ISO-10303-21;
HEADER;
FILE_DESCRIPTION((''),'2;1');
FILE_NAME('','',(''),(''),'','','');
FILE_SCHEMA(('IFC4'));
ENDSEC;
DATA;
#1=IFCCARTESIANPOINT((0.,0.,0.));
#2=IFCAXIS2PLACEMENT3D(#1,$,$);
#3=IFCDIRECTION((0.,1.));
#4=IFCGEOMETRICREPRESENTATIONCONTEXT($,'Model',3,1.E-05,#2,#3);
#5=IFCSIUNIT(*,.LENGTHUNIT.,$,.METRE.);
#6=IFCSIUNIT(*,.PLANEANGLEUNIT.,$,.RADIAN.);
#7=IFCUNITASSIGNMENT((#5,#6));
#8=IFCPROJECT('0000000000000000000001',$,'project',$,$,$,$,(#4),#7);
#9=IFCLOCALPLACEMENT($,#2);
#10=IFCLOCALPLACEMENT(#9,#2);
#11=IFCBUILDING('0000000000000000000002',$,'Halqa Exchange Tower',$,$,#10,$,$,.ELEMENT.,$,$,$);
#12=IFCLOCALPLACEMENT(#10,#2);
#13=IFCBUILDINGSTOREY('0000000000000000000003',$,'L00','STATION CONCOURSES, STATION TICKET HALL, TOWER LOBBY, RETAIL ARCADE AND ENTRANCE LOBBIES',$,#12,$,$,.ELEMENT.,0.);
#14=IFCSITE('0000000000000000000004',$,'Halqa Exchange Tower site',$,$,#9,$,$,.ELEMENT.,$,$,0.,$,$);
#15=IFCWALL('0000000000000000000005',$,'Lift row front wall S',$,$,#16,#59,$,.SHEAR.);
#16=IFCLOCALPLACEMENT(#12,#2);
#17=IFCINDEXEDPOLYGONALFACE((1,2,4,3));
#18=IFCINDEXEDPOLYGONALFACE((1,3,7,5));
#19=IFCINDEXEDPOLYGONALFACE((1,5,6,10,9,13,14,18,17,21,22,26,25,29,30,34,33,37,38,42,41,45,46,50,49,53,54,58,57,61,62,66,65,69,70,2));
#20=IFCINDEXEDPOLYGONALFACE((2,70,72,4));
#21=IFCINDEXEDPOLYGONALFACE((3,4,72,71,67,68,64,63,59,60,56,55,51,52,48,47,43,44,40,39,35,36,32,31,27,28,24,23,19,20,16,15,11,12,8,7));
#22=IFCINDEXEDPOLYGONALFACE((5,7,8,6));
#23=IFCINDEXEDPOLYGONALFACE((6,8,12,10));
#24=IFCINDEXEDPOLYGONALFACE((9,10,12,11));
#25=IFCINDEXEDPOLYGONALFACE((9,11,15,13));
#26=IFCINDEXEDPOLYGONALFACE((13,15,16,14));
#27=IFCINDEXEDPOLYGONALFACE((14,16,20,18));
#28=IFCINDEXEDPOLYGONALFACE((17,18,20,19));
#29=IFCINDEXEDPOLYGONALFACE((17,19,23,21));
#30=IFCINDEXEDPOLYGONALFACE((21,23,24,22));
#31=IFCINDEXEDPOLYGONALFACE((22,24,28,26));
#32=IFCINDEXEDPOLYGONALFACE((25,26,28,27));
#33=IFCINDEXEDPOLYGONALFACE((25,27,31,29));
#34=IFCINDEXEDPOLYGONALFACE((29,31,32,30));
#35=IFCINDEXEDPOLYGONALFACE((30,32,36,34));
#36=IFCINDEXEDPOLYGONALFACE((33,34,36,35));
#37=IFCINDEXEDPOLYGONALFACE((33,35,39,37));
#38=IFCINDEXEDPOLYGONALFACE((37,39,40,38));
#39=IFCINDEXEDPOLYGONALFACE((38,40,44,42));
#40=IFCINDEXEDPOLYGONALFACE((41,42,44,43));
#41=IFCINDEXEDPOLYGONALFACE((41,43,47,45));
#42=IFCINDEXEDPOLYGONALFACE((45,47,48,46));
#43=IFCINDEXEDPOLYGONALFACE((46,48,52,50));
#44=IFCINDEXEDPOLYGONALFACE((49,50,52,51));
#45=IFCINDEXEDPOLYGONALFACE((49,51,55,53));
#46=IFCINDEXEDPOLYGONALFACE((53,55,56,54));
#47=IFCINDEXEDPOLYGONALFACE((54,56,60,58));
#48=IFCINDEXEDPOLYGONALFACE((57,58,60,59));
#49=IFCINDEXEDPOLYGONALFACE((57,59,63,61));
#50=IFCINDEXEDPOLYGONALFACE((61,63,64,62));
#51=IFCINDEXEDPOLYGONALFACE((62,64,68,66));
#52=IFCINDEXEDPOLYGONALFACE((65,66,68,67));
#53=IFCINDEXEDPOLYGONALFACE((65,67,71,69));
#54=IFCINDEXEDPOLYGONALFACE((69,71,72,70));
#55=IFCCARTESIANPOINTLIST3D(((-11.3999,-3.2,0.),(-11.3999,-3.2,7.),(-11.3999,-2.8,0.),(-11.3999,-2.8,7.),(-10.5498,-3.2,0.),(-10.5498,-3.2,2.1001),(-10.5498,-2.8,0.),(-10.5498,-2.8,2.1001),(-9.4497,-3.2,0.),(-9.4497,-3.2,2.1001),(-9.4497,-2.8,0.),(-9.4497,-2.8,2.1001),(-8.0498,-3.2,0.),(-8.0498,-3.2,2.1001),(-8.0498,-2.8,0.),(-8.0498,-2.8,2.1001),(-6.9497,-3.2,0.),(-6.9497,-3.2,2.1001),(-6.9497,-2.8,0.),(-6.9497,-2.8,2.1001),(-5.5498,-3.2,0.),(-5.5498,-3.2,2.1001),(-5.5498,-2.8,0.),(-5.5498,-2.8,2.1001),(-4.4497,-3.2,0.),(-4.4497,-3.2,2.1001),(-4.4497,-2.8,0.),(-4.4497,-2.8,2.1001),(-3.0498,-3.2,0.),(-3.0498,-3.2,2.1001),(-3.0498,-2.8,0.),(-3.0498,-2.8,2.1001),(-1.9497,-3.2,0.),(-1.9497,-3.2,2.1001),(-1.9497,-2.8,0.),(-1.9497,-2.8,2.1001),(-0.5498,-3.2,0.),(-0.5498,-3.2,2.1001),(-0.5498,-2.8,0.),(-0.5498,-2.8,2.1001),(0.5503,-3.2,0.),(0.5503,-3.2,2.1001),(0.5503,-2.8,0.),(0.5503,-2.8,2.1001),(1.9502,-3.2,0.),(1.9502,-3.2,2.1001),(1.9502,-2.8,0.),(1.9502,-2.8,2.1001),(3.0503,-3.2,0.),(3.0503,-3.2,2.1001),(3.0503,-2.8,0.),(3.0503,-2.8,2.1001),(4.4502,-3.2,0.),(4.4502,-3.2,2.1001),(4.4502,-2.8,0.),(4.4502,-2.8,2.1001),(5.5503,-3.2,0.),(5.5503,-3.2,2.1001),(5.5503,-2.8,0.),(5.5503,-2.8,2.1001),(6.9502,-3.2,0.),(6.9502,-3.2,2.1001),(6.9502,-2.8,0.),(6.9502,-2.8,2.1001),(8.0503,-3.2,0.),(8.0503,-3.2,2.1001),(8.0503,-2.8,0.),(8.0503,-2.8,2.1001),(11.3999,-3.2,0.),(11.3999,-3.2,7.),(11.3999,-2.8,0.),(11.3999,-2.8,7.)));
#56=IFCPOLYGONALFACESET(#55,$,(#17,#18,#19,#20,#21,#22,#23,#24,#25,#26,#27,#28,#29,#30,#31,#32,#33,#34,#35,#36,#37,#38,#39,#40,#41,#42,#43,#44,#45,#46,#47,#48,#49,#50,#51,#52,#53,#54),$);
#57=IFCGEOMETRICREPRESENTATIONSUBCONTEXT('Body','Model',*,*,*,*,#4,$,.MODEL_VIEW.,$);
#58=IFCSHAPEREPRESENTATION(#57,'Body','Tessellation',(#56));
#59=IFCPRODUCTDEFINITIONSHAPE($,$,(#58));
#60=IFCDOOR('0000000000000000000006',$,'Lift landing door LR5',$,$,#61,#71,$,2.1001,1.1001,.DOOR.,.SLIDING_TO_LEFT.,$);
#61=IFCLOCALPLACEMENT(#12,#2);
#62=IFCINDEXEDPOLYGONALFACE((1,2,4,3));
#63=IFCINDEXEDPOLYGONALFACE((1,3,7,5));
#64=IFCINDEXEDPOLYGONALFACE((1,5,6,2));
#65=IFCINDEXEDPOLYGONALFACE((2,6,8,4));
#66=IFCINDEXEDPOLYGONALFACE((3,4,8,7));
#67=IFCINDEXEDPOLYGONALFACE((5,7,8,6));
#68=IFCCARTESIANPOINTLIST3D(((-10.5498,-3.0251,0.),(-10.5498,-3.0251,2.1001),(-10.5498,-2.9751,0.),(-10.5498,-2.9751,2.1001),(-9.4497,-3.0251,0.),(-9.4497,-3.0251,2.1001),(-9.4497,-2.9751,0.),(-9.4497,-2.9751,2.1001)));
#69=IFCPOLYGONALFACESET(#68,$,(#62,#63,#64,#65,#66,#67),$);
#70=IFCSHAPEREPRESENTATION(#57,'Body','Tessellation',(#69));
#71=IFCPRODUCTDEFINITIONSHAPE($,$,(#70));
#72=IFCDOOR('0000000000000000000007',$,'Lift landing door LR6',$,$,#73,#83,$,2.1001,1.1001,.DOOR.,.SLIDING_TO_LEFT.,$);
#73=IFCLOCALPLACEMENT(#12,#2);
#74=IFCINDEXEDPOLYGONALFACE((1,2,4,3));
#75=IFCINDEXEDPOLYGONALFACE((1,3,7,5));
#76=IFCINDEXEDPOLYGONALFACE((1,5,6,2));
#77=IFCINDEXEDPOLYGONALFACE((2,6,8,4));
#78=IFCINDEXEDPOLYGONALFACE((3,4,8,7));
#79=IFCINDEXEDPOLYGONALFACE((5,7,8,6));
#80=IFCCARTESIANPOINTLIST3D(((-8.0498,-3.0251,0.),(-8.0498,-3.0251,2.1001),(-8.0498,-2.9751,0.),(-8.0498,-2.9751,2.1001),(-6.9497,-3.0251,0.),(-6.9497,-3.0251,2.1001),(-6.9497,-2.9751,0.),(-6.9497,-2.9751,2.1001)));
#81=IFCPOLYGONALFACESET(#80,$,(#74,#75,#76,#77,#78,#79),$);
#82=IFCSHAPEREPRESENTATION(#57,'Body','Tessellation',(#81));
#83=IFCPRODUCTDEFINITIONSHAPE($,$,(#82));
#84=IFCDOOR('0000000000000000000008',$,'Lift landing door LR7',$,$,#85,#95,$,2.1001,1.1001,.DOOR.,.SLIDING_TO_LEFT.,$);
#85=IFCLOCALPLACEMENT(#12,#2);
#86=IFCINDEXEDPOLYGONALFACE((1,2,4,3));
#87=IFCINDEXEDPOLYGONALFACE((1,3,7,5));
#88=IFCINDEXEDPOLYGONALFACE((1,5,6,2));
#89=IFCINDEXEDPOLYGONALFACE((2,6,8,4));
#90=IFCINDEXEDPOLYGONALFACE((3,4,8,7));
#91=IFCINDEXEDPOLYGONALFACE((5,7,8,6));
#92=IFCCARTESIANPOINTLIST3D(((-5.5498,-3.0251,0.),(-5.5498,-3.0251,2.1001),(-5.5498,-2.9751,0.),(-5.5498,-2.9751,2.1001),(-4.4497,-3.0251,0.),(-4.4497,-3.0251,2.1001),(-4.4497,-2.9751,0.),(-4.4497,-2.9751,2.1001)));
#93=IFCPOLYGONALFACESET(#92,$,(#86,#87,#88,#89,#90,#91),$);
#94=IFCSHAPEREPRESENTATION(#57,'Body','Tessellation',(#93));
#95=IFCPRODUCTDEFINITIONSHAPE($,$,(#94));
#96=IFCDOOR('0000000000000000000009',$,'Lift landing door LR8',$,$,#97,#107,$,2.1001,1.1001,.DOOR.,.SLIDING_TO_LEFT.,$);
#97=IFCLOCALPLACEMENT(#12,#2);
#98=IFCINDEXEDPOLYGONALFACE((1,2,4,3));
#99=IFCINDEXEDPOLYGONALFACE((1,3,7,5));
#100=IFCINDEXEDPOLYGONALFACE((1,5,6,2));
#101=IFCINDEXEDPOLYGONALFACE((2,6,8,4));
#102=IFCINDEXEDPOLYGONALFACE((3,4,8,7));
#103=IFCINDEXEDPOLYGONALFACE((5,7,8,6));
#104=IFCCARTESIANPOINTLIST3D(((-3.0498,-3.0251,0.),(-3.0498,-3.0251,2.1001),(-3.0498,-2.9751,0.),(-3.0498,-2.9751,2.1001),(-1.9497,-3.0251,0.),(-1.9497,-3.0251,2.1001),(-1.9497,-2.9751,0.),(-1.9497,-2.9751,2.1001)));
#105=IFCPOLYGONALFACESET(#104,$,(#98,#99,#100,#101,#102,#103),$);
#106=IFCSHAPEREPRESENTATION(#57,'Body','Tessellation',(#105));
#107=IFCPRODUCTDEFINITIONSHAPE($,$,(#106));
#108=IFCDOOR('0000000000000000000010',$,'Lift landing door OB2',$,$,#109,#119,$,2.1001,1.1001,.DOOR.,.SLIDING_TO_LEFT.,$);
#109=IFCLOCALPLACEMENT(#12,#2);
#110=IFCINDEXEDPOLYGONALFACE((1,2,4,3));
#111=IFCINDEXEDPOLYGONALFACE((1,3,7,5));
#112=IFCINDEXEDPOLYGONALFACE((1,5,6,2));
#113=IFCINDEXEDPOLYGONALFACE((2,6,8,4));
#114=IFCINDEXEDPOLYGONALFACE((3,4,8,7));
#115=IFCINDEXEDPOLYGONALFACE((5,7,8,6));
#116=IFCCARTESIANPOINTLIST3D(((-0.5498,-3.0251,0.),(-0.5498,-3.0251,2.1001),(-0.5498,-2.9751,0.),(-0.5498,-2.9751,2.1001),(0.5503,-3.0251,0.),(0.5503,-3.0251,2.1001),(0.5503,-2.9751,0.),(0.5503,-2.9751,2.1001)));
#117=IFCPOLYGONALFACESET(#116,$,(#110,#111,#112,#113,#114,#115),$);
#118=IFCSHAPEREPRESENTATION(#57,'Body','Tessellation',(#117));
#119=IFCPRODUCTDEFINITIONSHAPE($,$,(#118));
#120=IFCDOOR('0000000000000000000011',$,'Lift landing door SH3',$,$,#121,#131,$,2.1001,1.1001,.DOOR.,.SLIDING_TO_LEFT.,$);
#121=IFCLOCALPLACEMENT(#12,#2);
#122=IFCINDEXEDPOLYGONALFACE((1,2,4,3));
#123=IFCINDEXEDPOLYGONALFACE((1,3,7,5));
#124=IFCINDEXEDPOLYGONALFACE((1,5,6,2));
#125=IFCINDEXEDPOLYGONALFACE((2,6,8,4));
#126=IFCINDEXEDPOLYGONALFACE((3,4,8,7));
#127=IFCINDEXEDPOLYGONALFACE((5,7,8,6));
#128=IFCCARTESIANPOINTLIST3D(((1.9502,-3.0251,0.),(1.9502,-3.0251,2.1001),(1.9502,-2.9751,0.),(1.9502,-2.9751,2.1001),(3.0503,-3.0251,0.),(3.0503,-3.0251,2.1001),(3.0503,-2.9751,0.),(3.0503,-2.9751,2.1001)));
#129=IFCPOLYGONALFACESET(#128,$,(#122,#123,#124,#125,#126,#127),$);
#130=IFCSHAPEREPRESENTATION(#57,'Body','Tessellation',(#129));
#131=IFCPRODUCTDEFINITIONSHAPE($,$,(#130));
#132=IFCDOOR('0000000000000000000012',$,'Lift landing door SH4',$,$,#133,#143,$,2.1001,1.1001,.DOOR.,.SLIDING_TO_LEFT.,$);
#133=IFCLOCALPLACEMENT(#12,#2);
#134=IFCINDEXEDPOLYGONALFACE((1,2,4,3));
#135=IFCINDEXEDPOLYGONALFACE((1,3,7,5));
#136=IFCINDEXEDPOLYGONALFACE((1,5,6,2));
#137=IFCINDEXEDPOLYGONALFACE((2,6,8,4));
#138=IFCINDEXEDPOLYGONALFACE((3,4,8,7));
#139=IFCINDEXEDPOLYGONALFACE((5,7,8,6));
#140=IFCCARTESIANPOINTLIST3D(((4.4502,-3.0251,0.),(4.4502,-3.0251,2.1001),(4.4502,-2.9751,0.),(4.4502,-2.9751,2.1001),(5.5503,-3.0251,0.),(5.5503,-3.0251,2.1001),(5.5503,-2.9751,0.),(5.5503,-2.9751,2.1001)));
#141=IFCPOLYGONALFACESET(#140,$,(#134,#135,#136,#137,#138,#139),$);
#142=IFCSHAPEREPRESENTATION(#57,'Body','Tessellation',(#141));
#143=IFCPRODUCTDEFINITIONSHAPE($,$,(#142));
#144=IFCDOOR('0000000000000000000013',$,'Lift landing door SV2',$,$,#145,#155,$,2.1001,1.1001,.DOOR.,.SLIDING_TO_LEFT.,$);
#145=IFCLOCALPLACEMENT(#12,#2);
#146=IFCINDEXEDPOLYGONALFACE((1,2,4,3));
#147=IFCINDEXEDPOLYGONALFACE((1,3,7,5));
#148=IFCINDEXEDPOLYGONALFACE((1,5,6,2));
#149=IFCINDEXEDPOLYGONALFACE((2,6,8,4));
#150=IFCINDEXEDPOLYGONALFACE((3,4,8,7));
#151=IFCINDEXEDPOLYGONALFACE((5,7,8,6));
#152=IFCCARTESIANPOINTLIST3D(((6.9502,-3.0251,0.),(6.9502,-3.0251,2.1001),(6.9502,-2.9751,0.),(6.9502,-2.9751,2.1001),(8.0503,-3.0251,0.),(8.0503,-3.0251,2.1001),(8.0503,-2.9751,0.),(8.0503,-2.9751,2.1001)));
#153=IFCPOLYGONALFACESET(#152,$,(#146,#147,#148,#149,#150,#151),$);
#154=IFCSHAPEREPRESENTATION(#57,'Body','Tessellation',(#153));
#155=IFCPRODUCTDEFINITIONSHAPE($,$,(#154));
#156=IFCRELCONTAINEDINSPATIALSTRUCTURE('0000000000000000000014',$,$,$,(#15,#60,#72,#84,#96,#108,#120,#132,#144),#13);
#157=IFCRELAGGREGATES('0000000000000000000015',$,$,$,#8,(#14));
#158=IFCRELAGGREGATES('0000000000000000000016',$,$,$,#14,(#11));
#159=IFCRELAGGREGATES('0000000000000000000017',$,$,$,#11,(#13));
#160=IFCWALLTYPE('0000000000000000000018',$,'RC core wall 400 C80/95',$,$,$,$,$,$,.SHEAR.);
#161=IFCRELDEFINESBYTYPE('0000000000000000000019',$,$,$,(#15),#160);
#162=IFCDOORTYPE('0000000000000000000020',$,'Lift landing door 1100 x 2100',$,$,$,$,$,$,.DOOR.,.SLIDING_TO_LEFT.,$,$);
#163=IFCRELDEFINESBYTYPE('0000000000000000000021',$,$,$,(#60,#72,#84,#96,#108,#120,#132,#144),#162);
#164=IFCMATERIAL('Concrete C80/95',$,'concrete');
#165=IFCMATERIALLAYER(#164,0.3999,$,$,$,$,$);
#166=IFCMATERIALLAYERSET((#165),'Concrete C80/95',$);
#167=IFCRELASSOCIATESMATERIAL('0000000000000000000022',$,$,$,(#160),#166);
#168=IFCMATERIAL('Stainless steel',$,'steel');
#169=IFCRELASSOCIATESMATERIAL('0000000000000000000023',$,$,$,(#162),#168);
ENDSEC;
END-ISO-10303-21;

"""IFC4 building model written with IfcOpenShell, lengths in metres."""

from ifc_helpers import new_model, si_unit, direction, frame, frame_2d, origin, place, context, subcontext, project, spatial, rectangle, extrude, material, layer, layer_set, type_object, element, fill, save


model = new_model("IFC4")

# Units and contexts
model_context = context("Model", 3, precision=1e-05, world=origin(), true_north=direction((0.0, 1.0)))
body_context = subcontext(model_context, "Body", "Model", "MODEL_VIEW")
ifc_project = project(units=[si_unit("LENGTHUNIT", "METRE"), si_unit("PLANEANGLEUNIT", "RADIAN")], contexts=[model_context])

# Site, building, storey
site_placement = place(None, origin())
site = spatial("IfcSite", under=ifc_project, at=site_placement, Name="Halqa Exchange Tower site", CompositionType="ELEMENT", RefElevation=0.0)
building_placement = place(site_placement, origin())
building = spatial("IfcBuilding", under=site, at=building_placement, Name="Halqa Exchange Tower", CompositionType="ELEMENT")
storey_placement = place(building_placement, origin())
storey = spatial("IfcBuildingStorey", under=building, at=storey_placement, Name="L00", Description="STATION CONCOURSES, STATION TICKET HALL, TOWER LOBBY, RETAIL ARCADE AND ENTRANCE LOBBIES", CompositionType="ELEMENT", Elevation=0.0)

# Wall, openings, doors
ifc_material_1 = material(Name="Concrete C80/95", Category="concrete")
ifc_layer_1 = layer(ifc_material_1, 0.3999)
ifc_layer_set_1 = layer_set([ifc_layer_1], Name="Concrete C80/95")
wall_type_1 = type_object("IfcWallType", Name="RC core wall 400 C80/95", PredefinedType="SHEAR", material=ifc_layer_set_1)
wall_1_placement = place(storey_placement, frame((-11.3999, -3.0, 0.0), z_axis=(0.0, 0.0, 1.0), x_axis=(1.0, 0.0, 0.0)))
wall_1 = element("IfcWall", 1, at=wall_1_placement, inside=storey, type_object=wall_type_1, Name="Lift row front wall S", PredefinedType="SHEAR", context=body_context, shape_type="SweptSolid", body=[
    extrude(rectangle(XDim=22.7998, YDim=0.3999, at=frame_2d((11.3999, 0.0))), origin(), (0.0, 0.0, 1.0), 7.0),
])
opening_1_placement = place(wall_1_placement, frame((0.8501, 0.0, 0.0)))
opening_1 = element("IfcOpeningElement", 2, at=opening_1_placement, cuts=wall_1, PredefinedType="OPENING", context=body_context, shape_type="SweptSolid", body=[
    extrude(rectangle(XDim=1.1001, YDim=2.1001, at=frame_2d((0.55, 1.05))), frame((0.0, 0.2119, 0.0), z_axis=(0.0, -1.0, 0.0), x_axis=(1.0, 0.0, 0.0)), (0.0, 0.0, 1.0), 0.4238),
])
opening_2_placement = place(wall_1_placement, frame((3.3501, 0.0, 0.0)))
opening_2 = element("IfcOpeningElement", 3, at=opening_2_placement, cuts=wall_1, PredefinedType="OPENING", context=body_context, shape_type="SweptSolid", body=[
    extrude(rectangle(XDim=1.1001, YDim=2.1001, at=frame_2d((0.55, 1.05))), frame((0.0, 0.2119, 0.0), z_axis=(0.0, -1.0, 0.0), x_axis=(1.0, 0.0, 0.0)), (0.0, 0.0, 1.0), 0.4238),
])
opening_3_placement = place(wall_1_placement, frame((5.8501, 0.0, 0.0)))
opening_3 = element("IfcOpeningElement", 4, at=opening_3_placement, cuts=wall_1, PredefinedType="OPENING", context=body_context, shape_type="SweptSolid", body=[
    extrude(rectangle(XDim=1.1001, YDim=2.1001, at=frame_2d((0.55, 1.05))), frame((0.0, 0.2119, 0.0), z_axis=(0.0, -1.0, 0.0), x_axis=(1.0, 0.0, 0.0)), (0.0, 0.0, 1.0), 0.4238),
])
opening_4_placement = place(wall_1_placement, frame((8.3501, 0.0, 0.0)))
opening_4 = element("IfcOpeningElement", 5, at=opening_4_placement, cuts=wall_1, PredefinedType="OPENING", context=body_context, shape_type="SweptSolid", body=[
    extrude(rectangle(XDim=1.1001, YDim=2.1001, at=frame_2d((0.55, 1.05))), frame((0.0, 0.2119, 0.0), z_axis=(0.0, -1.0, 0.0), x_axis=(1.0, 0.0, 0.0)), (0.0, 0.0, 1.0), 0.4238),
])
opening_5_placement = place(wall_1_placement, frame((10.8501, 0.0, 0.0)))
opening_5 = element("IfcOpeningElement", 6, at=opening_5_placement, cuts=wall_1, PredefinedType="OPENING", context=body_context, shape_type="SweptSolid", body=[
    extrude(rectangle(XDim=1.1001, YDim=2.1001, at=frame_2d((0.55, 1.05))), frame((0.0, 0.2119, 0.0), z_axis=(0.0, -1.0, 0.0), x_axis=(1.0, 0.0, 0.0)), (0.0, 0.0, 1.0), 0.4238),
])
opening_6_placement = place(wall_1_placement, frame((13.3501, 0.0, 0.0)))
opening_6 = element("IfcOpeningElement", 7, at=opening_6_placement, cuts=wall_1, PredefinedType="OPENING", context=body_context, shape_type="SweptSolid", body=[
    extrude(rectangle(XDim=1.1001, YDim=2.1001, at=frame_2d((0.55, 1.05))), frame((0.0, 0.2119, 0.0), z_axis=(0.0, -1.0, 0.0), x_axis=(1.0, 0.0, 0.0)), (0.0, 0.0, 1.0), 0.4238),
])
opening_7_placement = place(wall_1_placement, frame((15.8501, 0.0, 0.0)))
opening_7 = element("IfcOpeningElement", 8, at=opening_7_placement, cuts=wall_1, PredefinedType="OPENING", context=body_context, shape_type="SweptSolid", body=[
    extrude(rectangle(XDim=1.1001, YDim=2.1001, at=frame_2d((0.55, 1.05))), frame((0.0, 0.2119, 0.0), z_axis=(0.0, -1.0, 0.0), x_axis=(1.0, 0.0, 0.0)), (0.0, 0.0, 1.0), 0.4238),
])
opening_8_placement = place(wall_1_placement, frame((18.3501, 0.0, 0.0)))
opening_8 = element("IfcOpeningElement", 9, at=opening_8_placement, cuts=wall_1, PredefinedType="OPENING", context=body_context, shape_type="SweptSolid", body=[
    extrude(rectangle(XDim=1.1001, YDim=2.1001, at=frame_2d((0.55, 1.05))), frame((0.0, 0.2119, 0.0), z_axis=(0.0, -1.0, 0.0), x_axis=(1.0, 0.0, 0.0)), (0.0, 0.0, 1.0), 0.4238),
])
ifc_material_2 = material(Name="Stainless steel", Category="steel")
door_type_1 = type_object("IfcDoorType", Name="Lift landing door 1100 x 2100", OperationType="SLIDING_TO_LEFT", PredefinedType="DOOR", material=ifc_material_2)
door_1_placement = place(opening_1_placement, origin())
door_1 = element("IfcDoor", 10, at=door_1_placement, inside=storey, type_object=door_type_1, Name="Lift landing door LR5", OperationType="SLIDING_TO_LEFT", OverallHeight=2.1001, OverallWidth=1.1001, PredefinedType="DOOR", context=body_context, shape_type="SweptSolid", body=[
    extrude(rectangle(XDim=1.1001, YDim=2.1001, at=frame_2d((0.55, 1.05))), frame((0.0, 0.0249, 0.0), z_axis=(0.0, -1.0, 0.0), x_axis=(1.0, 0.0, 0.0)), (0.0, 0.0, 1.0), 0.05),
])
fill(opening_1, door_1)
door_2_placement = place(opening_2_placement, origin())
door_2 = element("IfcDoor", 11, at=door_2_placement, inside=storey, type_object=door_type_1, Name="Lift landing door LR6", OperationType="SLIDING_TO_LEFT", OverallHeight=2.1001, OverallWidth=1.1001, PredefinedType="DOOR", context=body_context, shape_type="SweptSolid", body=[
    extrude(rectangle(XDim=1.1001, YDim=2.1001, at=frame_2d((0.55, 1.05))), frame((0.0, 0.0249, 0.0), z_axis=(0.0, -1.0, 0.0), x_axis=(1.0, 0.0, 0.0)), (0.0, 0.0, 1.0), 0.05),
])
fill(opening_2, door_2)
door_3_placement = place(opening_3_placement, origin())
door_3 = element("IfcDoor", 12, at=door_3_placement, inside=storey, type_object=door_type_1, Name="Lift landing door LR7", OperationType="SLIDING_TO_LEFT", OverallHeight=2.1001, OverallWidth=1.1001, PredefinedType="DOOR", context=body_context, shape_type="SweptSolid", body=[
    extrude(rectangle(XDim=1.1001, YDim=2.1001, at=frame_2d((0.55, 1.05))), frame((0.0, 0.0249, 0.0), z_axis=(0.0, -1.0, 0.0), x_axis=(1.0, 0.0, 0.0)), (0.0, 0.0, 1.0), 0.05),
])
fill(opening_3, door_3)
door_4_placement = place(opening_4_placement, origin())
door_4 = element("IfcDoor", 13, at=door_4_placement, inside=storey, type_object=door_type_1, Name="Lift landing door LR8", OperationType="SLIDING_TO_LEFT", OverallHeight=2.1001, OverallWidth=1.1001, PredefinedType="DOOR", context=body_context, shape_type="SweptSolid", body=[
    extrude(rectangle(XDim=1.1001, YDim=2.1001, at=frame_2d((0.55, 1.05))), frame((0.0, 0.0249, 0.0), z_axis=(0.0, -1.0, 0.0), x_axis=(1.0, 0.0, 0.0)), (0.0, 0.0, 1.0), 0.05),
])
fill(opening_4, door_4)
door_5_placement = place(opening_5_placement, origin())
door_5 = element("IfcDoor", 14, at=door_5_placement, inside=storey, type_object=door_type_1, Name="Lift landing door OB2", OperationType="SLIDING_TO_LEFT", OverallHeight=2.1001, OverallWidth=1.1001, PredefinedType="DOOR", context=body_context, shape_type="SweptSolid", body=[
    extrude(rectangle(XDim=1.1001, YDim=2.1001, at=frame_2d((0.55, 1.05))), frame((0.0, 0.0249, 0.0), z_axis=(0.0, -1.0, 0.0), x_axis=(1.0, 0.0, 0.0)), (0.0, 0.0, 1.0), 0.05),
])
fill(opening_5, door_5)
door_6_placement = place(opening_6_placement, origin())
door_6 = element("IfcDoor", 15, at=door_6_placement, inside=storey, type_object=door_type_1, Name="Lift landing door SH3", OperationType="SLIDING_TO_LEFT", OverallHeight=2.1001, OverallWidth=1.1001, PredefinedType="DOOR", context=body_context, shape_type="SweptSolid", body=[
    extrude(rectangle(XDim=1.1001, YDim=2.1001, at=frame_2d((0.55, 1.05))), frame((0.0, 0.0249, 0.0), z_axis=(0.0, -1.0, 0.0), x_axis=(1.0, 0.0, 0.0)), (0.0, 0.0, 1.0), 0.05),
])
fill(opening_6, door_6)
door_7_placement = place(opening_7_placement, origin())
door_7 = element("IfcDoor", 16, at=door_7_placement, inside=storey, type_object=door_type_1, Name="Lift landing door SH4", OperationType="SLIDING_TO_LEFT", OverallHeight=2.1001, OverallWidth=1.1001, PredefinedType="DOOR", context=body_context, shape_type="SweptSolid", body=[
    extrude(rectangle(XDim=1.1001, YDim=2.1001, at=frame_2d((0.55, 1.05))), frame((0.0, 0.0249, 0.0), z_axis=(0.0, -1.0, 0.0), x_axis=(1.0, 0.0, 0.0)), (0.0, 0.0, 1.0), 0.05),
])
fill(opening_7, door_7)
door_8_placement = place(opening_8_placement, origin())
door_8 = element("IfcDoor", 17, at=door_8_placement, inside=storey, type_object=door_type_1, Name="Lift landing door SV2", OperationType="SLIDING_TO_LEFT", OverallHeight=2.1001, OverallWidth=1.1001, PredefinedType="DOOR", context=body_context, shape_type="SweptSolid", body=[
    extrude(rectangle(XDim=1.1001, YDim=2.1001, at=frame_2d((0.55, 1.05))), frame((0.0, 0.0249, 0.0), z_axis=(0.0, -1.0, 0.0), x_axis=(1.0, 0.0, 0.0)), (0.0, 0.0, 1.0), 0.05),
])
fill(opening_8, door_8)

save(model, "model.ifc")
